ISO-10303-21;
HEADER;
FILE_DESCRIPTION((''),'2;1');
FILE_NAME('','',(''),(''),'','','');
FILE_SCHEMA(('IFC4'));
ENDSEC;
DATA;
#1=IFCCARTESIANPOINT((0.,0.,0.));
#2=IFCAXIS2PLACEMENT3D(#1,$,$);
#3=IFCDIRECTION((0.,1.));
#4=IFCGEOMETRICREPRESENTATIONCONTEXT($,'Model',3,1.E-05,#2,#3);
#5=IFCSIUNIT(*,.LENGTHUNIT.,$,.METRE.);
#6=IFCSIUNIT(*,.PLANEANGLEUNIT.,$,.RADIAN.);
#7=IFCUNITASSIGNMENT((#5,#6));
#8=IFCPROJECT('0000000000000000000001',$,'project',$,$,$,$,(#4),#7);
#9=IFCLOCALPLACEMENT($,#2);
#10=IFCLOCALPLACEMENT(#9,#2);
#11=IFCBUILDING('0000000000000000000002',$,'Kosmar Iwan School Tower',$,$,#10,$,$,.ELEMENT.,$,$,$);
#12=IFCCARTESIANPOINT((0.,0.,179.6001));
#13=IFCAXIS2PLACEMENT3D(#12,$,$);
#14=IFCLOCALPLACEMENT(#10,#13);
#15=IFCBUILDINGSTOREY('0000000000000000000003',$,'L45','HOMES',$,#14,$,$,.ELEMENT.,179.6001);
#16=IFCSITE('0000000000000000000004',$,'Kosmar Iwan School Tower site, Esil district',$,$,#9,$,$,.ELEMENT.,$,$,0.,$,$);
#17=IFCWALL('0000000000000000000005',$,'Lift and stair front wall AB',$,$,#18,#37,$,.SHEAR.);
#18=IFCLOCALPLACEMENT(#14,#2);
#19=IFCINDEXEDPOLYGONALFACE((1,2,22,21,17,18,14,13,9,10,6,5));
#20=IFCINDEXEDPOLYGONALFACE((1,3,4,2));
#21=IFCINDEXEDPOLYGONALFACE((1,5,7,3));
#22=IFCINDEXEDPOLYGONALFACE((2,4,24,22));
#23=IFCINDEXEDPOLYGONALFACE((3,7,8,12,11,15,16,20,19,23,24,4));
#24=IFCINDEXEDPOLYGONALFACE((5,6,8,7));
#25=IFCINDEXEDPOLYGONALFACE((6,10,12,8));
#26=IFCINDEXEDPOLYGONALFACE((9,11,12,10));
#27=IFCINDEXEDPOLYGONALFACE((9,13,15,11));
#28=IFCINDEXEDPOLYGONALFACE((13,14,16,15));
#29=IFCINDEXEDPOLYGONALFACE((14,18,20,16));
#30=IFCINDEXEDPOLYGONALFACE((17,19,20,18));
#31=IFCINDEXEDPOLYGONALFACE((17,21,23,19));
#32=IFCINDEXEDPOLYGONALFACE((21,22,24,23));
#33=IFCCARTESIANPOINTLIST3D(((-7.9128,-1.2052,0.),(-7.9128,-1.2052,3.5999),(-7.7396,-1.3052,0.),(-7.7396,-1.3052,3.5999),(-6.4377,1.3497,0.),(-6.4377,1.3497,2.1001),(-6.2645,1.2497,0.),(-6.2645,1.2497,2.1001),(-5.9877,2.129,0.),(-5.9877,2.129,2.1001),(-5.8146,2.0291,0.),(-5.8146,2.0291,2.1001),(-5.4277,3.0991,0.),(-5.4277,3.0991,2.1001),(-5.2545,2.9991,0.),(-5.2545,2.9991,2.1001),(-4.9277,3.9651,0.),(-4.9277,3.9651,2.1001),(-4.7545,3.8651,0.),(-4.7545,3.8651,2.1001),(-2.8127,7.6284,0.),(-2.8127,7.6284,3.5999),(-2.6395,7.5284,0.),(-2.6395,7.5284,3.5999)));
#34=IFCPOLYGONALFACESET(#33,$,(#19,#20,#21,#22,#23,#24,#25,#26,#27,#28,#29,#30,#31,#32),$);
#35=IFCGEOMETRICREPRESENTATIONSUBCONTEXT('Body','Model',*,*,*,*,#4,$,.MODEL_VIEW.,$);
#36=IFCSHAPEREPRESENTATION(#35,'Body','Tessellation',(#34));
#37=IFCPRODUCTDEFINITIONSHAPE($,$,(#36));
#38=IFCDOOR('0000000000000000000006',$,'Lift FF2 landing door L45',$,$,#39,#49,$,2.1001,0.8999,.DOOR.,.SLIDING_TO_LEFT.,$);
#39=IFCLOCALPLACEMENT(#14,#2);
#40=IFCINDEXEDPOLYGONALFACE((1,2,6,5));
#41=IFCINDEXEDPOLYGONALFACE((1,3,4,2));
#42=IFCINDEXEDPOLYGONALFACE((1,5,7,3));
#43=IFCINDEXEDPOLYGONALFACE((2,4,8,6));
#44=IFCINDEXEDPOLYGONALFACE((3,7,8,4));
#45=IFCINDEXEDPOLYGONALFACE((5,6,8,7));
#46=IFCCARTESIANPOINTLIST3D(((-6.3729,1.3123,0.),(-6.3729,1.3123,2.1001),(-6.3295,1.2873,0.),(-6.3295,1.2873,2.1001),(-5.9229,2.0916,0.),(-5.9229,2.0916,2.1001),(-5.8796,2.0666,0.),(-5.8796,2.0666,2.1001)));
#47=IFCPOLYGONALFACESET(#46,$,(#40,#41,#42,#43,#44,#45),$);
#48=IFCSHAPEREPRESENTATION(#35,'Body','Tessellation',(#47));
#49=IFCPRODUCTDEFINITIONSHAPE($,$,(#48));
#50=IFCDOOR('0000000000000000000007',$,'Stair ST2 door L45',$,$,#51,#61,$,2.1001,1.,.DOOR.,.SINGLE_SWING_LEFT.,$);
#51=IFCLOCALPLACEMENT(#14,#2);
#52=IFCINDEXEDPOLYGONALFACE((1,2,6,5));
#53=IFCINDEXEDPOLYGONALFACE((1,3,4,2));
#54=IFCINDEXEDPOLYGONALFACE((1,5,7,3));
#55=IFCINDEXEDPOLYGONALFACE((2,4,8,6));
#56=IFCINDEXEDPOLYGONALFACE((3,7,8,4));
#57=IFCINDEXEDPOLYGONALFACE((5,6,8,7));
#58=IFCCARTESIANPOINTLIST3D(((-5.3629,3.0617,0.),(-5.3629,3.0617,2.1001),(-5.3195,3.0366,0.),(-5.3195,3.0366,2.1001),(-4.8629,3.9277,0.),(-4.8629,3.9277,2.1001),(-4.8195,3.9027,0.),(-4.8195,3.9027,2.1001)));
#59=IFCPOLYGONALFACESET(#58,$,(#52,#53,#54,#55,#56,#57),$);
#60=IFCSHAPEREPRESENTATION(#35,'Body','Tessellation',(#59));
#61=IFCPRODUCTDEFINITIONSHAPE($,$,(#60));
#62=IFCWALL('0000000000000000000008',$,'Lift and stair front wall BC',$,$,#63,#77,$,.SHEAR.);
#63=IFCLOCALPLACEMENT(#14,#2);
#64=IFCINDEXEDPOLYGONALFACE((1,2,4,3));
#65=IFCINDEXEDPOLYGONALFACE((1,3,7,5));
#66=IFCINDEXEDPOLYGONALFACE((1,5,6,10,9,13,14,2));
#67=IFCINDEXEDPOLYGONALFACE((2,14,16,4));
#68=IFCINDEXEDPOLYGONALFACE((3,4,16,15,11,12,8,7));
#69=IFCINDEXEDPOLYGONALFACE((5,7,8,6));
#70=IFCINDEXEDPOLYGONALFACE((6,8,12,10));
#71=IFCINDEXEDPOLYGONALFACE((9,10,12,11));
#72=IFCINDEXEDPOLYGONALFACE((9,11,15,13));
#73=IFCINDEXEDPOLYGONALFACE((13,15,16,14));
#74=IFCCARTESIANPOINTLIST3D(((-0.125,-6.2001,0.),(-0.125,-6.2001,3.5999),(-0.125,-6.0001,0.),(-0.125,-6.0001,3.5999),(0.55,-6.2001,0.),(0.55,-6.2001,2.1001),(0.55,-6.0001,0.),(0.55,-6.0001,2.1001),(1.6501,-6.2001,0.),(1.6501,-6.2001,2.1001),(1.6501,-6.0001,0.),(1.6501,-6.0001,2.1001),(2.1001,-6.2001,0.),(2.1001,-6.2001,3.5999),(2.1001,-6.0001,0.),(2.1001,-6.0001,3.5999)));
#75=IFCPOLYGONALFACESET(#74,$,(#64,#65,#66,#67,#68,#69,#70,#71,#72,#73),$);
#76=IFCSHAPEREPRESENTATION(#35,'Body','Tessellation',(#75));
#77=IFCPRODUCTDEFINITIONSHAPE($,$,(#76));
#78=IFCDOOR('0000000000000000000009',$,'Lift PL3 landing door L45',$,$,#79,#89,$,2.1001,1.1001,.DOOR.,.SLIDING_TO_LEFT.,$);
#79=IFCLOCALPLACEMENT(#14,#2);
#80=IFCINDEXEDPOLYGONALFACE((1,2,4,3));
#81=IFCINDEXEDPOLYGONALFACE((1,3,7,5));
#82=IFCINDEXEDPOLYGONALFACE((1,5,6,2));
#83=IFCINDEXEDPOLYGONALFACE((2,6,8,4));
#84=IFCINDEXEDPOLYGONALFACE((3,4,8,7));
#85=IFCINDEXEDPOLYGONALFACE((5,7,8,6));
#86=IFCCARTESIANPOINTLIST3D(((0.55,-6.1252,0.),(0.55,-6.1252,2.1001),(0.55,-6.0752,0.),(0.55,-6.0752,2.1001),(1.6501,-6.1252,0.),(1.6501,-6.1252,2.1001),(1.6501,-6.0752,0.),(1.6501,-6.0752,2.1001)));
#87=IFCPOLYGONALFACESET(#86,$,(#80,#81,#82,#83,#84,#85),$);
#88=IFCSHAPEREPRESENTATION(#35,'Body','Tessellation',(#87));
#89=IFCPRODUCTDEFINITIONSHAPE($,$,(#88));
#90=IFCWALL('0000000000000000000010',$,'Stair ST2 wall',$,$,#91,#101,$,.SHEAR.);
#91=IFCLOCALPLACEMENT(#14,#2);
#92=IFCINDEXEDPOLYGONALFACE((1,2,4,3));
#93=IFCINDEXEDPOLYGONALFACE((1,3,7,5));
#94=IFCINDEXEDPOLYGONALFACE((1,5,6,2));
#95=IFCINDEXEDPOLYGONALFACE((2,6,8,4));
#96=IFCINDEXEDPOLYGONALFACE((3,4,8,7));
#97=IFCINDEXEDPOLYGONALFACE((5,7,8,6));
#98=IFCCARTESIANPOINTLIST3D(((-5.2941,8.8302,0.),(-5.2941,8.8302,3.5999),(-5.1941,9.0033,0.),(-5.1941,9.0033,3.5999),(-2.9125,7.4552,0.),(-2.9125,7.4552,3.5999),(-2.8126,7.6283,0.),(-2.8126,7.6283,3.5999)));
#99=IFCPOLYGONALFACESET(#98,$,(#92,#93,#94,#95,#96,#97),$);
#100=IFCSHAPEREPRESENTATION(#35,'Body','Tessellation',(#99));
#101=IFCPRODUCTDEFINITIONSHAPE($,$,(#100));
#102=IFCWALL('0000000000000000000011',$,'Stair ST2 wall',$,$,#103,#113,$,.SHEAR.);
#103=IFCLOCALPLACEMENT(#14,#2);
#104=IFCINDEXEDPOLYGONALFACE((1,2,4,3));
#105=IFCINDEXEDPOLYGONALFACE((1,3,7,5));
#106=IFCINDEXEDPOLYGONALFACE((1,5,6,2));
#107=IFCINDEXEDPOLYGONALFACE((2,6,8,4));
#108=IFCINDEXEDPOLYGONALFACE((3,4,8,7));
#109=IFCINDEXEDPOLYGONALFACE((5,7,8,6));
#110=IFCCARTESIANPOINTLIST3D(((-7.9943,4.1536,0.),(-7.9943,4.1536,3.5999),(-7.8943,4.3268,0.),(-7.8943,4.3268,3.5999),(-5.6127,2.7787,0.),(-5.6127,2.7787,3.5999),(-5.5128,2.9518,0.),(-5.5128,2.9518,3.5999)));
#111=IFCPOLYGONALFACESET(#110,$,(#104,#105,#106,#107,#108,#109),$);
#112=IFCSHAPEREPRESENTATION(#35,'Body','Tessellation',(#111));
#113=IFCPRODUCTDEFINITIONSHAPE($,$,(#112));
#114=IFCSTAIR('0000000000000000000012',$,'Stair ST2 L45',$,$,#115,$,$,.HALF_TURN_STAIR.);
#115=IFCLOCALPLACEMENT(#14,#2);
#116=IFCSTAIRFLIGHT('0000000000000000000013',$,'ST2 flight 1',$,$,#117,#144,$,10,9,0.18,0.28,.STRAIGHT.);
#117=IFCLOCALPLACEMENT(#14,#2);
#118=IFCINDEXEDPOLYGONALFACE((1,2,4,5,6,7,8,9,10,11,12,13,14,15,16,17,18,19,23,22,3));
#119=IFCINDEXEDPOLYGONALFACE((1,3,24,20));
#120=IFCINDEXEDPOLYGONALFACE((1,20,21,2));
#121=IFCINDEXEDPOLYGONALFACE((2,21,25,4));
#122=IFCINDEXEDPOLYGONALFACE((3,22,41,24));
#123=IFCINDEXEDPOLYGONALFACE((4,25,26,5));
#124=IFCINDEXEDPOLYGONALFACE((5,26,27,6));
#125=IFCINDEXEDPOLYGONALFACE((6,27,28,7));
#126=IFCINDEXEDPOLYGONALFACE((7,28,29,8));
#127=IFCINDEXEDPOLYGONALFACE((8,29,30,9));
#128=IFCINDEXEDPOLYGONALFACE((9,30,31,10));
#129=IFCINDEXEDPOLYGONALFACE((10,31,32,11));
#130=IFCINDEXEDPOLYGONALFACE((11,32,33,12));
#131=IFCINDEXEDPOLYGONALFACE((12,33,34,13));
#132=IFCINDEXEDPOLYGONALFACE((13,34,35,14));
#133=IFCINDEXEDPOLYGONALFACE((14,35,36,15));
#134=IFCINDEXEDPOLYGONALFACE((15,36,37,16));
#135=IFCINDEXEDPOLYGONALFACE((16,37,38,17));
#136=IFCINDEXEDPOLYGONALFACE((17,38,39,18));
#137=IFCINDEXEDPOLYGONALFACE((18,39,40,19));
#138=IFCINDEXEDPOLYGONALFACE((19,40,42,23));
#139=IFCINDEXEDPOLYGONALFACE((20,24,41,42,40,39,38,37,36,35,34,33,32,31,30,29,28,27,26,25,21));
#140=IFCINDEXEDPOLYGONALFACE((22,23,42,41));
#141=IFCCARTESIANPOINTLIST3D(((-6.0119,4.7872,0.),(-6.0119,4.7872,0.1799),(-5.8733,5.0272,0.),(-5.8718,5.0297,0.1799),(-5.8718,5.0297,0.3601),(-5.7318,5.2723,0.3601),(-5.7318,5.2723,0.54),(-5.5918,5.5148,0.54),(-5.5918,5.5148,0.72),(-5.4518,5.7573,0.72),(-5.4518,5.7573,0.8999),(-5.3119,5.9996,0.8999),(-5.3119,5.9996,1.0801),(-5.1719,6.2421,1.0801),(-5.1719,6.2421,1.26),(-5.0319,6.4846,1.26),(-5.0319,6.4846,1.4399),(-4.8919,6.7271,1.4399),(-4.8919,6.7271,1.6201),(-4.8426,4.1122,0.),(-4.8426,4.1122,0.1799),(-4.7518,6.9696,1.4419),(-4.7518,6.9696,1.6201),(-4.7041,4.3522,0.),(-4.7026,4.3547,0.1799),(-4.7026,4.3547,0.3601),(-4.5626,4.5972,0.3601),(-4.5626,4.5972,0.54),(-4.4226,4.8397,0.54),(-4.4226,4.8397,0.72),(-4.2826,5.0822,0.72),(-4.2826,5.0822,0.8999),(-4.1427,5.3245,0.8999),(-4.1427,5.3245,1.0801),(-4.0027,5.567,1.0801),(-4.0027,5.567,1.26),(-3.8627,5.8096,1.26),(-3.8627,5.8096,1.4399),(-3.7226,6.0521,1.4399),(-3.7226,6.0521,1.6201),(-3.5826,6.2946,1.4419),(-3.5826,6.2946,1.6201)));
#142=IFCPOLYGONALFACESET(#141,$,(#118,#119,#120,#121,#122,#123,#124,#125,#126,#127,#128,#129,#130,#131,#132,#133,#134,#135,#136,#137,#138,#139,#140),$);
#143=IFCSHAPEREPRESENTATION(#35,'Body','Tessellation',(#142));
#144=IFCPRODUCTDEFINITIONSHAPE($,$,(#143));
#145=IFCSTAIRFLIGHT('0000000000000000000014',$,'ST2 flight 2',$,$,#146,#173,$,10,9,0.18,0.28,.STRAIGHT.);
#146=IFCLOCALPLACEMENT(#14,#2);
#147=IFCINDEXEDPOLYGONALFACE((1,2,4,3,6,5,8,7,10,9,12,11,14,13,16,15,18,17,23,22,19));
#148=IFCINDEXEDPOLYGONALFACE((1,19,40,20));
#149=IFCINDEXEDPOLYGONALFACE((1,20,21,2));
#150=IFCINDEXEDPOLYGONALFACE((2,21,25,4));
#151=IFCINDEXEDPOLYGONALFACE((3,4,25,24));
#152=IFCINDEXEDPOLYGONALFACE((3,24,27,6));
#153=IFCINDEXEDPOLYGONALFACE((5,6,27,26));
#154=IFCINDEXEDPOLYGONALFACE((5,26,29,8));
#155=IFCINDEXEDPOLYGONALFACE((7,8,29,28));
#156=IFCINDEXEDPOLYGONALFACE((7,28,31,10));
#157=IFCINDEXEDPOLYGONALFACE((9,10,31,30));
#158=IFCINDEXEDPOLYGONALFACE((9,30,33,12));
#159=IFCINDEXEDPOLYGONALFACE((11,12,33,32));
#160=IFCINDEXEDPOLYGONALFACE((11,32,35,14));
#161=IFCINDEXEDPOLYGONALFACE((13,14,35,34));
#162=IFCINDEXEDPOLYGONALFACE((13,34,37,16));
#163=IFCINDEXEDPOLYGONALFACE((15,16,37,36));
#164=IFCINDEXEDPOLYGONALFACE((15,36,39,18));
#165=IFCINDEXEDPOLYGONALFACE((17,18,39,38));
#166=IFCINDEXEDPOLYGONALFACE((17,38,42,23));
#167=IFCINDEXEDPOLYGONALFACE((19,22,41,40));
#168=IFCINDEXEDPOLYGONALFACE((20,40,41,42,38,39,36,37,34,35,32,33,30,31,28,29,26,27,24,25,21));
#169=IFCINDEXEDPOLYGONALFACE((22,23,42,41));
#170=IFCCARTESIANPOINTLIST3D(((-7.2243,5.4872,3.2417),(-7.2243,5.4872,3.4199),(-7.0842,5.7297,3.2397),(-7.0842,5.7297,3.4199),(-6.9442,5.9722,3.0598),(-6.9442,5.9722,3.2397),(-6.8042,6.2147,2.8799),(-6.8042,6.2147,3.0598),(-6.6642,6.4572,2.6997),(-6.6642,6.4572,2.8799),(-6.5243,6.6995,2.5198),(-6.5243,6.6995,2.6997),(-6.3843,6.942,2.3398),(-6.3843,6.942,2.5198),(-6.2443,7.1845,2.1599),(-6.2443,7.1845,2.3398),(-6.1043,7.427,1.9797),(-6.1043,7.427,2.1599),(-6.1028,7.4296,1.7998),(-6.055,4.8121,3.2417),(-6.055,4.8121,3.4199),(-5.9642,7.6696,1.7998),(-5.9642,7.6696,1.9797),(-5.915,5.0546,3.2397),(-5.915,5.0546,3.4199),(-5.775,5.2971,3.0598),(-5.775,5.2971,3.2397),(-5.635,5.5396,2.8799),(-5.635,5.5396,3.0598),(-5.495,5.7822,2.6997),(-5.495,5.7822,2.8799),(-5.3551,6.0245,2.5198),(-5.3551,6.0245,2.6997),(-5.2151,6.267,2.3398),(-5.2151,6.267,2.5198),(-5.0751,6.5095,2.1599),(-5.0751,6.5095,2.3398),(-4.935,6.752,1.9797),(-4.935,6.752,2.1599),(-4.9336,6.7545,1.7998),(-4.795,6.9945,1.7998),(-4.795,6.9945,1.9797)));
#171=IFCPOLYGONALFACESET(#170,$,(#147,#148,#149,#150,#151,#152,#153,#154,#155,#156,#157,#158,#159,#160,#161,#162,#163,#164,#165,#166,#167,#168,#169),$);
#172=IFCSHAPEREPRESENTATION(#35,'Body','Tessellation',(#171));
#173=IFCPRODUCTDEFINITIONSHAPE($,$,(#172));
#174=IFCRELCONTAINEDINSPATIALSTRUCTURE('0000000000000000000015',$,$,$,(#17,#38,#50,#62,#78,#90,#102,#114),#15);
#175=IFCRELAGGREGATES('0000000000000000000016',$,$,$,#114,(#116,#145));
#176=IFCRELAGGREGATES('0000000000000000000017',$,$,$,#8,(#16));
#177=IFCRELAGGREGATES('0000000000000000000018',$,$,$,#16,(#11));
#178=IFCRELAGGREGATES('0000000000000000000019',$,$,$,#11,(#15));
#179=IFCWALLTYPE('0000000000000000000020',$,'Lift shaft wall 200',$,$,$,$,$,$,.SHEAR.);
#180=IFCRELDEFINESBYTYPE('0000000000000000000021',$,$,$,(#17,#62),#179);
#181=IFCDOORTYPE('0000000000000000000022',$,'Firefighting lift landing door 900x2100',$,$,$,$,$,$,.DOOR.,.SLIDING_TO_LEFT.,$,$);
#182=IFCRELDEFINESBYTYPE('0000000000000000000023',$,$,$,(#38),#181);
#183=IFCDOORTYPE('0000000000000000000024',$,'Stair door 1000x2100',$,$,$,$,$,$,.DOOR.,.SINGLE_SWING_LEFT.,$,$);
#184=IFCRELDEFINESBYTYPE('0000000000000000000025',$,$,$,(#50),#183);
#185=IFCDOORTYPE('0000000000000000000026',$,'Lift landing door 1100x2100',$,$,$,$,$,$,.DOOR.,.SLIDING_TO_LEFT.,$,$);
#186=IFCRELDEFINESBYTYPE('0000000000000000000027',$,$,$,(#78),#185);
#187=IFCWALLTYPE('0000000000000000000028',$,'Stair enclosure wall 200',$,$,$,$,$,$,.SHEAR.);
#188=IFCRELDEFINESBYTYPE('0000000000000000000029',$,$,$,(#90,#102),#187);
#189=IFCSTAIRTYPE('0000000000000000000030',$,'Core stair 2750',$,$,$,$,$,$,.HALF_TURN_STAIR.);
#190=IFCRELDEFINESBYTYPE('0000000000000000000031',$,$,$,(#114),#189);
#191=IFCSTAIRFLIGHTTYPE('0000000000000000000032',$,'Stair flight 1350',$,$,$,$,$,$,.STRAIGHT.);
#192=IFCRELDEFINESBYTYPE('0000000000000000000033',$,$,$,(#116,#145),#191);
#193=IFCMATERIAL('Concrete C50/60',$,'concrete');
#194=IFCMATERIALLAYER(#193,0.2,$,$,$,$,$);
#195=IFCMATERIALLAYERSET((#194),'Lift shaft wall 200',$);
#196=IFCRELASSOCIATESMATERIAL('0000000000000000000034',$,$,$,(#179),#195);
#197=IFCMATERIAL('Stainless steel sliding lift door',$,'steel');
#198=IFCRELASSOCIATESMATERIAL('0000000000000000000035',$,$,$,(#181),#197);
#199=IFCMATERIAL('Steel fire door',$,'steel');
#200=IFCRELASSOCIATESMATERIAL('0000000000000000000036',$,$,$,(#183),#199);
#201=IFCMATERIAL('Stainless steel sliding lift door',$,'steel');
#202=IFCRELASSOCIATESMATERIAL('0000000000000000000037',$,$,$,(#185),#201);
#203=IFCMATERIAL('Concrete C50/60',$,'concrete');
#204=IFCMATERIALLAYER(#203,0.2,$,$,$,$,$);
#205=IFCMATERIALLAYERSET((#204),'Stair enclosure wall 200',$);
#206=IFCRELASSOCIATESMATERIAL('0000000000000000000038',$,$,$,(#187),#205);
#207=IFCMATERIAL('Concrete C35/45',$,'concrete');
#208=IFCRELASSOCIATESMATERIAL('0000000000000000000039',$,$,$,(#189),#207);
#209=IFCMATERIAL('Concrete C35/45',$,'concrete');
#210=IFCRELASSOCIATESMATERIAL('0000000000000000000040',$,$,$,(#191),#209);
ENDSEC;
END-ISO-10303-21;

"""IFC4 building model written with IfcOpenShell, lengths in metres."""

from ifc_helpers import new_model, si_unit, direction, frame, frame_2d, origin, place, context, subcontext, project, spatial, polyline, rectangle, outline, extrude, material, layer, layer_set, type_object, element, fill, aggregate, save


model = new_model("IFC4")

# Units and contexts
model_context = context("Model", 3, precision=1e-05, world=origin(), true_north=direction((0.0, 1.0)))
body_context = subcontext(model_context, "Body", "Model", "MODEL_VIEW")
ifc_project = project(units=[si_unit("LENGTHUNIT", "METRE"), si_unit("PLANEANGLEUNIT", "RADIAN")], contexts=[model_context])

# Site, building, storey
site_placement = place(None, origin())
site = spatial("IfcSite", under=ifc_project, at=site_placement, Name="Kosmar Iwan School Tower site, Esil district", CompositionType="ELEMENT", RefElevation=0.0)
building_placement = place(site_placement, origin())
building = spatial("IfcBuilding", under=site, at=building_placement, Name="Kosmar Iwan School Tower", CompositionType="ELEMENT")
storey_placement = place(building_placement, frame((0.0, 0.0, 179.6001)))
storey = spatial("IfcBuildingStorey", under=building, at=storey_placement, Name="L45", Description="HOMES", CompositionType="ELEMENT", Elevation=179.6001)

# Wall, openings, doors
ifc_material_1 = material(Name="Concrete C50/60", Category="concrete")
ifc_layer_1 = layer(ifc_material_1, 0.2)
ifc_layer_set_1 = layer_set([ifc_layer_1], Name="Lift shaft wall 200")
wall_type_1 = type_object("IfcWallType", Name="Lift shaft wall 200", PredefinedType="SHEAR", material=ifc_layer_set_1)
wall_1_placement = place(storey_placement, frame((-2.7261, 7.5784, 0.0), z_axis=(0.0, 0.0, 1.0), x_axis=(-0.500006, -0.866022, 0.0)))
wall_1 = element("IfcWall", 1, at=wall_1_placement, inside=storey, type_object=wall_type_1, Name="Lift and stair front wall AB", PredefinedType="SHEAR", context=body_context, shape_type="SweptSolid", body=[
    extrude(rectangle(XDim=10.2002, YDim=0.2, at=frame_2d((5.1001, 0.0))), origin(), (0.0, 0.0, 1.0), 3.5999),
])
opening_1_placement = place(wall_1_placement, frame((6.3501, 0.0, 0.0)))
opening_1 = element("IfcOpeningElement", 2, at=opening_1_placement, cuts=wall_1, PredefinedType="OPENING", context=body_context, shape_type="SweptSolid", body=[
    extrude(rectangle(XDim=0.8999, YDim=2.1001, at=frame_2d((0.45, 1.05))), frame((0.0, 0.1121, 0.0), z_axis=(0.0, -1.0, 0.0), x_axis=(1.0, 0.0, 0.0)), (0.0, 0.0, 1.0), 0.2239),
])
opening_2_placement = place(wall_1_placement, frame((4.23, 0.0, 0.0)))
opening_2 = element("IfcOpeningElement", 3, at=opening_2_placement, cuts=wall_1, PredefinedType="OPENING", context=body_context, shape_type="SweptSolid", body=[
    extrude(rectangle(XDim=1.0, YDim=2.1001, at=frame_2d((0.5, 1.05))), frame((0.0, 0.1121, 0.0), z_axis=(0.0, -1.0, 0.0), x_axis=(1.0, 0.0, 0.0)), (0.0, 0.0, 1.0), 0.2239),
])
ifc_material_2 = material(Name="Stainless steel sliding lift door", Category="steel")
door_type_1 = type_object("IfcDoorType", Name="Firefighting lift landing door 900x2100", OperationType="SLIDING_TO_LEFT", PredefinedType="DOOR", material=ifc_material_2)
door_1_placement = place(opening_1_placement, origin())
door_1 = element("IfcDoor", 4, at=door_1_placement, inside=storey, type_object=door_type_1, Name="Lift FF2 landing door L45", OperationType="SLIDING_TO_LEFT", OverallHeight=2.1001, OverallWidth=0.8999, PredefinedType="DOOR", context=body_context, shape_type="SweptSolid", body=[
    extrude(rectangle(XDim=0.8999, YDim=2.1001, at=frame_2d((0.45, 1.05))), frame((0.0, 0.0249, 0.0), z_axis=(0.0, -1.0, 0.0), x_axis=(1.0, 0.0, 0.0)), (0.0, 0.0, 1.0), 0.05),
])
fill(opening_1, door_1)
ifc_material_3 = material(Name="Steel fire door", Category="steel")
door_type_2 = type_object("IfcDoorType", Name="Stair door 1000x2100", OperationType="SINGLE_SWING_LEFT", PredefinedType="DOOR", material=ifc_material_3)
door_2_placement = place(opening_2_placement, origin())
door_2 = element("IfcDoor", 5, at=door_2_placement, inside=storey, type_object=door_type_2, Name="Stair ST2 door L45", OperationType="SINGLE_SWING_LEFT", OverallHeight=2.1001, OverallWidth=1.0, PredefinedType="DOOR", context=body_context, shape_type="SweptSolid", body=[
    extrude(rectangle(XDim=1.0, YDim=2.1001, at=frame_2d((0.5, 1.05))), frame((0.0, 0.0249, 0.0), z_axis=(0.0, -1.0, 0.0), x_axis=(1.0, 0.0, 0.0)), (0.0, 0.0, 1.0), 0.05),
])
fill(opening_2, door_2)

# Wall, opening, door
wall_2_placement = place(storey_placement, frame((-0.125, -6.1001, 0.0), z_axis=(0.0, 0.0, 1.0), x_axis=(1.0, 0.0, 0.0)))
wall_2 = element("IfcWall", 6, at=wall_2_placement, inside=storey, type_object=wall_type_1, Name="Lift and stair front wall BC", PredefinedType="SHEAR", context=body_context, shape_type="SweptSolid", body=[
    extrude(rectangle(XDim=2.2251, YDim=0.2, at=frame_2d((1.1125, 0.0))), origin(), (0.0, 0.0, 1.0), 3.5999),
])
opening_3_placement = place(wall_2_placement, frame((0.675, 0.0, 0.0)))
opening_3 = element("IfcOpeningElement", 7, at=opening_3_placement, cuts=wall_2, PredefinedType="OPENING", context=body_context, shape_type="SweptSolid", body=[
    extrude(rectangle(XDim=1.1001, YDim=2.1001, at=frame_2d((0.55, 1.05))), frame((0.0, 0.1121, 0.0), z_axis=(0.0, -1.0, 0.0), x_axis=(1.0, 0.0, 0.0)), (0.0, 0.0, 1.0), 0.2239),
])
ifc_material_4 = material(Name="Stainless steel sliding lift door", Category="steel")
door_type_3 = type_object("IfcDoorType", Name="Lift landing door 1100x2100", OperationType="SLIDING_TO_LEFT", PredefinedType="DOOR", material=ifc_material_4)
door_3_placement = place(opening_3_placement, origin())
door_3 = element("IfcDoor", 8, at=door_3_placement, inside=storey, type_object=door_type_3, Name="Lift PL3 landing door L45", OperationType="SLIDING_TO_LEFT", OverallHeight=2.1001, OverallWidth=1.1001, PredefinedType="DOOR", context=body_context, shape_type="SweptSolid", body=[
    extrude(rectangle(XDim=1.1001, YDim=2.1001, at=frame_2d((0.55, 1.05))), frame((0.0, 0.0249, 0.0), z_axis=(0.0, -1.0, 0.0), x_axis=(1.0, 0.0, 0.0)), (0.0, 0.0, 1.0), 0.05),
])
fill(opening_3, door_3)

# Walls
ifc_material_5 = material(Name="Concrete C50/60", Category="concrete")
ifc_layer_2 = layer(ifc_material_5, 0.2)
ifc_layer_set_2 = layer_set([ifc_layer_2], Name="Stair enclosure wall 200")
wall_type_2 = type_object("IfcWallType", Name="Stair enclosure wall 200", PredefinedType="SHEAR", material=ifc_layer_set_2)
for number, where, z_axis, x_axis, name in (
    (9, (-2.8625, 7.5417, 0.0), (0.0, 0.0, 1.0), (-0.866027, 0.499997, 0.0), "Stair ST2 wall"),
    (10, (-5.5627, 2.8652, 0.0), (0.0, 0.0, 1.0), (-0.866027, 0.499997, 0.0), "Stair ST2 wall"),
):
    element("IfcWall", number, at=place(storey_placement, frame(where, z_axis=z_axis, x_axis=x_axis)), inside=storey, type_object=wall_type_2, Name=name, PredefinedType="SHEAR", context=body_context, shape_type="SweptSolid", body=[
        extrude(rectangle(XDim=2.75, YDim=0.2, at=frame_2d((1.375, 0.0))), origin(), (0.0, 0.0, 1.0), 3.5999),
    ])

# Stair, stair flights
ifc_material_6 = material(Name="Concrete C35/45", Category="concrete")
stair_type = type_object("IfcStairType", Name="Core stair 2750", PredefinedType="HALF_TURN_STAIR", material=ifc_material_6)
stair_placement = place(storey_placement, origin())
stair = element("IfcStair", 11, at=stair_placement, inside=storey, type_object=stair_type, Name="Stair ST2 L45", PredefinedType="HALF_TURN_STAIR")
ifc_material_7 = material(Name="Concrete C35/45", Category="concrete")
stair_flight_type = type_object("IfcStairFlightType", Name="Stair flight 1350", PredefinedType="STRAIGHT", material=ifc_material_7)
stair_flight_1_placement = place(storey_placement, frame((-5.4272, 4.4497, 0.0), z_axis=(0.0, 0.0, 1.0), x_axis=(0.5, 0.866025, 0.0)))
stair_flight_1 = element("IfcStairFlight", 12, at=stair_flight_1_placement, type_object=stair_flight_type, Name="ST2 flight 1", NumberOfRisers=10, NumberOfTreads=9, PredefinedType="STRAIGHT", RiserHeight=0.18, TreadLength=0.28, context=body_context, shape_type="SweptSolid", body=[
    extrude(outline(polyline([(0.0, 0.0), (0.0, 0.1799), (0.28, 0.1799), (0.28, 0.3601), (0.5601, 0.3601), (0.5601, 0.54), (0.8401, 0.54), (0.8401, 0.72), (1.1201, 0.72), (1.1201, 0.8999), (1.3999, 0.8999), (1.3999, 1.0801), (1.6799, 1.0801), (1.6799, 1.26), (1.96, 1.26), (1.96, 1.4399), (2.24, 1.4399), (2.24, 1.6201), (2.52, 1.6201), (2.52, 1.8), (2.52, 1.4419), (0.2771, 0.0), (0.0, 0.0)])), frame((0.0, 0.675, 0.0), z_axis=(0.0, -1.0, 0.0), x_axis=(1.0, 0.0, 0.0)), (0.0, 0.0, 1.0), 1.3501),
])
stair_flight_2_placement = place(storey_placement, frame((-5.3796, 7.332, 1.7998), z_axis=(0.0, 0.0, 1.0), x_axis=(-0.5, -0.866025, 0.0)))
stair_flight_2 = element("IfcStairFlight", 13, at=stair_flight_2_placement, type_object=stair_flight_type, Name="ST2 flight 2", NumberOfRisers=10, NumberOfTreads=9, PredefinedType="STRAIGHT", RiserHeight=0.18, TreadLength=0.28, context=body_context, shape_type="SweptSolid", body=[
    extrude(outline(polyline([(0.0, 0.0), (0.0, 0.1799), (0.28, 0.1799), (0.28, 0.3601), (0.5601, 0.3601), (0.5601, 0.54), (0.8401, 0.54), (0.8401, 0.72), (1.1201, 0.72), (1.1201, 0.8999), (1.3999, 0.8999), (1.3999, 1.0801), (1.6799, 1.0801), (1.6799, 1.26), (1.96, 1.26), (1.96, 1.4399), (2.24, 1.4399), (2.24, 1.6201), (2.52, 1.6201), (2.52, 1.8), (2.52, 1.4419), (0.2771, 0.0), (0.0, 0.0)])), frame((0.0, 0.675, 0.0), z_axis=(0.0, -1.0, 0.0), x_axis=(1.0, 0.0, 0.0)), (0.0, 0.0, 1.0), 1.3501),
])
aggregate(stair, [stair_flight_1, stair_flight_2])

save(model, "model.ifc")
